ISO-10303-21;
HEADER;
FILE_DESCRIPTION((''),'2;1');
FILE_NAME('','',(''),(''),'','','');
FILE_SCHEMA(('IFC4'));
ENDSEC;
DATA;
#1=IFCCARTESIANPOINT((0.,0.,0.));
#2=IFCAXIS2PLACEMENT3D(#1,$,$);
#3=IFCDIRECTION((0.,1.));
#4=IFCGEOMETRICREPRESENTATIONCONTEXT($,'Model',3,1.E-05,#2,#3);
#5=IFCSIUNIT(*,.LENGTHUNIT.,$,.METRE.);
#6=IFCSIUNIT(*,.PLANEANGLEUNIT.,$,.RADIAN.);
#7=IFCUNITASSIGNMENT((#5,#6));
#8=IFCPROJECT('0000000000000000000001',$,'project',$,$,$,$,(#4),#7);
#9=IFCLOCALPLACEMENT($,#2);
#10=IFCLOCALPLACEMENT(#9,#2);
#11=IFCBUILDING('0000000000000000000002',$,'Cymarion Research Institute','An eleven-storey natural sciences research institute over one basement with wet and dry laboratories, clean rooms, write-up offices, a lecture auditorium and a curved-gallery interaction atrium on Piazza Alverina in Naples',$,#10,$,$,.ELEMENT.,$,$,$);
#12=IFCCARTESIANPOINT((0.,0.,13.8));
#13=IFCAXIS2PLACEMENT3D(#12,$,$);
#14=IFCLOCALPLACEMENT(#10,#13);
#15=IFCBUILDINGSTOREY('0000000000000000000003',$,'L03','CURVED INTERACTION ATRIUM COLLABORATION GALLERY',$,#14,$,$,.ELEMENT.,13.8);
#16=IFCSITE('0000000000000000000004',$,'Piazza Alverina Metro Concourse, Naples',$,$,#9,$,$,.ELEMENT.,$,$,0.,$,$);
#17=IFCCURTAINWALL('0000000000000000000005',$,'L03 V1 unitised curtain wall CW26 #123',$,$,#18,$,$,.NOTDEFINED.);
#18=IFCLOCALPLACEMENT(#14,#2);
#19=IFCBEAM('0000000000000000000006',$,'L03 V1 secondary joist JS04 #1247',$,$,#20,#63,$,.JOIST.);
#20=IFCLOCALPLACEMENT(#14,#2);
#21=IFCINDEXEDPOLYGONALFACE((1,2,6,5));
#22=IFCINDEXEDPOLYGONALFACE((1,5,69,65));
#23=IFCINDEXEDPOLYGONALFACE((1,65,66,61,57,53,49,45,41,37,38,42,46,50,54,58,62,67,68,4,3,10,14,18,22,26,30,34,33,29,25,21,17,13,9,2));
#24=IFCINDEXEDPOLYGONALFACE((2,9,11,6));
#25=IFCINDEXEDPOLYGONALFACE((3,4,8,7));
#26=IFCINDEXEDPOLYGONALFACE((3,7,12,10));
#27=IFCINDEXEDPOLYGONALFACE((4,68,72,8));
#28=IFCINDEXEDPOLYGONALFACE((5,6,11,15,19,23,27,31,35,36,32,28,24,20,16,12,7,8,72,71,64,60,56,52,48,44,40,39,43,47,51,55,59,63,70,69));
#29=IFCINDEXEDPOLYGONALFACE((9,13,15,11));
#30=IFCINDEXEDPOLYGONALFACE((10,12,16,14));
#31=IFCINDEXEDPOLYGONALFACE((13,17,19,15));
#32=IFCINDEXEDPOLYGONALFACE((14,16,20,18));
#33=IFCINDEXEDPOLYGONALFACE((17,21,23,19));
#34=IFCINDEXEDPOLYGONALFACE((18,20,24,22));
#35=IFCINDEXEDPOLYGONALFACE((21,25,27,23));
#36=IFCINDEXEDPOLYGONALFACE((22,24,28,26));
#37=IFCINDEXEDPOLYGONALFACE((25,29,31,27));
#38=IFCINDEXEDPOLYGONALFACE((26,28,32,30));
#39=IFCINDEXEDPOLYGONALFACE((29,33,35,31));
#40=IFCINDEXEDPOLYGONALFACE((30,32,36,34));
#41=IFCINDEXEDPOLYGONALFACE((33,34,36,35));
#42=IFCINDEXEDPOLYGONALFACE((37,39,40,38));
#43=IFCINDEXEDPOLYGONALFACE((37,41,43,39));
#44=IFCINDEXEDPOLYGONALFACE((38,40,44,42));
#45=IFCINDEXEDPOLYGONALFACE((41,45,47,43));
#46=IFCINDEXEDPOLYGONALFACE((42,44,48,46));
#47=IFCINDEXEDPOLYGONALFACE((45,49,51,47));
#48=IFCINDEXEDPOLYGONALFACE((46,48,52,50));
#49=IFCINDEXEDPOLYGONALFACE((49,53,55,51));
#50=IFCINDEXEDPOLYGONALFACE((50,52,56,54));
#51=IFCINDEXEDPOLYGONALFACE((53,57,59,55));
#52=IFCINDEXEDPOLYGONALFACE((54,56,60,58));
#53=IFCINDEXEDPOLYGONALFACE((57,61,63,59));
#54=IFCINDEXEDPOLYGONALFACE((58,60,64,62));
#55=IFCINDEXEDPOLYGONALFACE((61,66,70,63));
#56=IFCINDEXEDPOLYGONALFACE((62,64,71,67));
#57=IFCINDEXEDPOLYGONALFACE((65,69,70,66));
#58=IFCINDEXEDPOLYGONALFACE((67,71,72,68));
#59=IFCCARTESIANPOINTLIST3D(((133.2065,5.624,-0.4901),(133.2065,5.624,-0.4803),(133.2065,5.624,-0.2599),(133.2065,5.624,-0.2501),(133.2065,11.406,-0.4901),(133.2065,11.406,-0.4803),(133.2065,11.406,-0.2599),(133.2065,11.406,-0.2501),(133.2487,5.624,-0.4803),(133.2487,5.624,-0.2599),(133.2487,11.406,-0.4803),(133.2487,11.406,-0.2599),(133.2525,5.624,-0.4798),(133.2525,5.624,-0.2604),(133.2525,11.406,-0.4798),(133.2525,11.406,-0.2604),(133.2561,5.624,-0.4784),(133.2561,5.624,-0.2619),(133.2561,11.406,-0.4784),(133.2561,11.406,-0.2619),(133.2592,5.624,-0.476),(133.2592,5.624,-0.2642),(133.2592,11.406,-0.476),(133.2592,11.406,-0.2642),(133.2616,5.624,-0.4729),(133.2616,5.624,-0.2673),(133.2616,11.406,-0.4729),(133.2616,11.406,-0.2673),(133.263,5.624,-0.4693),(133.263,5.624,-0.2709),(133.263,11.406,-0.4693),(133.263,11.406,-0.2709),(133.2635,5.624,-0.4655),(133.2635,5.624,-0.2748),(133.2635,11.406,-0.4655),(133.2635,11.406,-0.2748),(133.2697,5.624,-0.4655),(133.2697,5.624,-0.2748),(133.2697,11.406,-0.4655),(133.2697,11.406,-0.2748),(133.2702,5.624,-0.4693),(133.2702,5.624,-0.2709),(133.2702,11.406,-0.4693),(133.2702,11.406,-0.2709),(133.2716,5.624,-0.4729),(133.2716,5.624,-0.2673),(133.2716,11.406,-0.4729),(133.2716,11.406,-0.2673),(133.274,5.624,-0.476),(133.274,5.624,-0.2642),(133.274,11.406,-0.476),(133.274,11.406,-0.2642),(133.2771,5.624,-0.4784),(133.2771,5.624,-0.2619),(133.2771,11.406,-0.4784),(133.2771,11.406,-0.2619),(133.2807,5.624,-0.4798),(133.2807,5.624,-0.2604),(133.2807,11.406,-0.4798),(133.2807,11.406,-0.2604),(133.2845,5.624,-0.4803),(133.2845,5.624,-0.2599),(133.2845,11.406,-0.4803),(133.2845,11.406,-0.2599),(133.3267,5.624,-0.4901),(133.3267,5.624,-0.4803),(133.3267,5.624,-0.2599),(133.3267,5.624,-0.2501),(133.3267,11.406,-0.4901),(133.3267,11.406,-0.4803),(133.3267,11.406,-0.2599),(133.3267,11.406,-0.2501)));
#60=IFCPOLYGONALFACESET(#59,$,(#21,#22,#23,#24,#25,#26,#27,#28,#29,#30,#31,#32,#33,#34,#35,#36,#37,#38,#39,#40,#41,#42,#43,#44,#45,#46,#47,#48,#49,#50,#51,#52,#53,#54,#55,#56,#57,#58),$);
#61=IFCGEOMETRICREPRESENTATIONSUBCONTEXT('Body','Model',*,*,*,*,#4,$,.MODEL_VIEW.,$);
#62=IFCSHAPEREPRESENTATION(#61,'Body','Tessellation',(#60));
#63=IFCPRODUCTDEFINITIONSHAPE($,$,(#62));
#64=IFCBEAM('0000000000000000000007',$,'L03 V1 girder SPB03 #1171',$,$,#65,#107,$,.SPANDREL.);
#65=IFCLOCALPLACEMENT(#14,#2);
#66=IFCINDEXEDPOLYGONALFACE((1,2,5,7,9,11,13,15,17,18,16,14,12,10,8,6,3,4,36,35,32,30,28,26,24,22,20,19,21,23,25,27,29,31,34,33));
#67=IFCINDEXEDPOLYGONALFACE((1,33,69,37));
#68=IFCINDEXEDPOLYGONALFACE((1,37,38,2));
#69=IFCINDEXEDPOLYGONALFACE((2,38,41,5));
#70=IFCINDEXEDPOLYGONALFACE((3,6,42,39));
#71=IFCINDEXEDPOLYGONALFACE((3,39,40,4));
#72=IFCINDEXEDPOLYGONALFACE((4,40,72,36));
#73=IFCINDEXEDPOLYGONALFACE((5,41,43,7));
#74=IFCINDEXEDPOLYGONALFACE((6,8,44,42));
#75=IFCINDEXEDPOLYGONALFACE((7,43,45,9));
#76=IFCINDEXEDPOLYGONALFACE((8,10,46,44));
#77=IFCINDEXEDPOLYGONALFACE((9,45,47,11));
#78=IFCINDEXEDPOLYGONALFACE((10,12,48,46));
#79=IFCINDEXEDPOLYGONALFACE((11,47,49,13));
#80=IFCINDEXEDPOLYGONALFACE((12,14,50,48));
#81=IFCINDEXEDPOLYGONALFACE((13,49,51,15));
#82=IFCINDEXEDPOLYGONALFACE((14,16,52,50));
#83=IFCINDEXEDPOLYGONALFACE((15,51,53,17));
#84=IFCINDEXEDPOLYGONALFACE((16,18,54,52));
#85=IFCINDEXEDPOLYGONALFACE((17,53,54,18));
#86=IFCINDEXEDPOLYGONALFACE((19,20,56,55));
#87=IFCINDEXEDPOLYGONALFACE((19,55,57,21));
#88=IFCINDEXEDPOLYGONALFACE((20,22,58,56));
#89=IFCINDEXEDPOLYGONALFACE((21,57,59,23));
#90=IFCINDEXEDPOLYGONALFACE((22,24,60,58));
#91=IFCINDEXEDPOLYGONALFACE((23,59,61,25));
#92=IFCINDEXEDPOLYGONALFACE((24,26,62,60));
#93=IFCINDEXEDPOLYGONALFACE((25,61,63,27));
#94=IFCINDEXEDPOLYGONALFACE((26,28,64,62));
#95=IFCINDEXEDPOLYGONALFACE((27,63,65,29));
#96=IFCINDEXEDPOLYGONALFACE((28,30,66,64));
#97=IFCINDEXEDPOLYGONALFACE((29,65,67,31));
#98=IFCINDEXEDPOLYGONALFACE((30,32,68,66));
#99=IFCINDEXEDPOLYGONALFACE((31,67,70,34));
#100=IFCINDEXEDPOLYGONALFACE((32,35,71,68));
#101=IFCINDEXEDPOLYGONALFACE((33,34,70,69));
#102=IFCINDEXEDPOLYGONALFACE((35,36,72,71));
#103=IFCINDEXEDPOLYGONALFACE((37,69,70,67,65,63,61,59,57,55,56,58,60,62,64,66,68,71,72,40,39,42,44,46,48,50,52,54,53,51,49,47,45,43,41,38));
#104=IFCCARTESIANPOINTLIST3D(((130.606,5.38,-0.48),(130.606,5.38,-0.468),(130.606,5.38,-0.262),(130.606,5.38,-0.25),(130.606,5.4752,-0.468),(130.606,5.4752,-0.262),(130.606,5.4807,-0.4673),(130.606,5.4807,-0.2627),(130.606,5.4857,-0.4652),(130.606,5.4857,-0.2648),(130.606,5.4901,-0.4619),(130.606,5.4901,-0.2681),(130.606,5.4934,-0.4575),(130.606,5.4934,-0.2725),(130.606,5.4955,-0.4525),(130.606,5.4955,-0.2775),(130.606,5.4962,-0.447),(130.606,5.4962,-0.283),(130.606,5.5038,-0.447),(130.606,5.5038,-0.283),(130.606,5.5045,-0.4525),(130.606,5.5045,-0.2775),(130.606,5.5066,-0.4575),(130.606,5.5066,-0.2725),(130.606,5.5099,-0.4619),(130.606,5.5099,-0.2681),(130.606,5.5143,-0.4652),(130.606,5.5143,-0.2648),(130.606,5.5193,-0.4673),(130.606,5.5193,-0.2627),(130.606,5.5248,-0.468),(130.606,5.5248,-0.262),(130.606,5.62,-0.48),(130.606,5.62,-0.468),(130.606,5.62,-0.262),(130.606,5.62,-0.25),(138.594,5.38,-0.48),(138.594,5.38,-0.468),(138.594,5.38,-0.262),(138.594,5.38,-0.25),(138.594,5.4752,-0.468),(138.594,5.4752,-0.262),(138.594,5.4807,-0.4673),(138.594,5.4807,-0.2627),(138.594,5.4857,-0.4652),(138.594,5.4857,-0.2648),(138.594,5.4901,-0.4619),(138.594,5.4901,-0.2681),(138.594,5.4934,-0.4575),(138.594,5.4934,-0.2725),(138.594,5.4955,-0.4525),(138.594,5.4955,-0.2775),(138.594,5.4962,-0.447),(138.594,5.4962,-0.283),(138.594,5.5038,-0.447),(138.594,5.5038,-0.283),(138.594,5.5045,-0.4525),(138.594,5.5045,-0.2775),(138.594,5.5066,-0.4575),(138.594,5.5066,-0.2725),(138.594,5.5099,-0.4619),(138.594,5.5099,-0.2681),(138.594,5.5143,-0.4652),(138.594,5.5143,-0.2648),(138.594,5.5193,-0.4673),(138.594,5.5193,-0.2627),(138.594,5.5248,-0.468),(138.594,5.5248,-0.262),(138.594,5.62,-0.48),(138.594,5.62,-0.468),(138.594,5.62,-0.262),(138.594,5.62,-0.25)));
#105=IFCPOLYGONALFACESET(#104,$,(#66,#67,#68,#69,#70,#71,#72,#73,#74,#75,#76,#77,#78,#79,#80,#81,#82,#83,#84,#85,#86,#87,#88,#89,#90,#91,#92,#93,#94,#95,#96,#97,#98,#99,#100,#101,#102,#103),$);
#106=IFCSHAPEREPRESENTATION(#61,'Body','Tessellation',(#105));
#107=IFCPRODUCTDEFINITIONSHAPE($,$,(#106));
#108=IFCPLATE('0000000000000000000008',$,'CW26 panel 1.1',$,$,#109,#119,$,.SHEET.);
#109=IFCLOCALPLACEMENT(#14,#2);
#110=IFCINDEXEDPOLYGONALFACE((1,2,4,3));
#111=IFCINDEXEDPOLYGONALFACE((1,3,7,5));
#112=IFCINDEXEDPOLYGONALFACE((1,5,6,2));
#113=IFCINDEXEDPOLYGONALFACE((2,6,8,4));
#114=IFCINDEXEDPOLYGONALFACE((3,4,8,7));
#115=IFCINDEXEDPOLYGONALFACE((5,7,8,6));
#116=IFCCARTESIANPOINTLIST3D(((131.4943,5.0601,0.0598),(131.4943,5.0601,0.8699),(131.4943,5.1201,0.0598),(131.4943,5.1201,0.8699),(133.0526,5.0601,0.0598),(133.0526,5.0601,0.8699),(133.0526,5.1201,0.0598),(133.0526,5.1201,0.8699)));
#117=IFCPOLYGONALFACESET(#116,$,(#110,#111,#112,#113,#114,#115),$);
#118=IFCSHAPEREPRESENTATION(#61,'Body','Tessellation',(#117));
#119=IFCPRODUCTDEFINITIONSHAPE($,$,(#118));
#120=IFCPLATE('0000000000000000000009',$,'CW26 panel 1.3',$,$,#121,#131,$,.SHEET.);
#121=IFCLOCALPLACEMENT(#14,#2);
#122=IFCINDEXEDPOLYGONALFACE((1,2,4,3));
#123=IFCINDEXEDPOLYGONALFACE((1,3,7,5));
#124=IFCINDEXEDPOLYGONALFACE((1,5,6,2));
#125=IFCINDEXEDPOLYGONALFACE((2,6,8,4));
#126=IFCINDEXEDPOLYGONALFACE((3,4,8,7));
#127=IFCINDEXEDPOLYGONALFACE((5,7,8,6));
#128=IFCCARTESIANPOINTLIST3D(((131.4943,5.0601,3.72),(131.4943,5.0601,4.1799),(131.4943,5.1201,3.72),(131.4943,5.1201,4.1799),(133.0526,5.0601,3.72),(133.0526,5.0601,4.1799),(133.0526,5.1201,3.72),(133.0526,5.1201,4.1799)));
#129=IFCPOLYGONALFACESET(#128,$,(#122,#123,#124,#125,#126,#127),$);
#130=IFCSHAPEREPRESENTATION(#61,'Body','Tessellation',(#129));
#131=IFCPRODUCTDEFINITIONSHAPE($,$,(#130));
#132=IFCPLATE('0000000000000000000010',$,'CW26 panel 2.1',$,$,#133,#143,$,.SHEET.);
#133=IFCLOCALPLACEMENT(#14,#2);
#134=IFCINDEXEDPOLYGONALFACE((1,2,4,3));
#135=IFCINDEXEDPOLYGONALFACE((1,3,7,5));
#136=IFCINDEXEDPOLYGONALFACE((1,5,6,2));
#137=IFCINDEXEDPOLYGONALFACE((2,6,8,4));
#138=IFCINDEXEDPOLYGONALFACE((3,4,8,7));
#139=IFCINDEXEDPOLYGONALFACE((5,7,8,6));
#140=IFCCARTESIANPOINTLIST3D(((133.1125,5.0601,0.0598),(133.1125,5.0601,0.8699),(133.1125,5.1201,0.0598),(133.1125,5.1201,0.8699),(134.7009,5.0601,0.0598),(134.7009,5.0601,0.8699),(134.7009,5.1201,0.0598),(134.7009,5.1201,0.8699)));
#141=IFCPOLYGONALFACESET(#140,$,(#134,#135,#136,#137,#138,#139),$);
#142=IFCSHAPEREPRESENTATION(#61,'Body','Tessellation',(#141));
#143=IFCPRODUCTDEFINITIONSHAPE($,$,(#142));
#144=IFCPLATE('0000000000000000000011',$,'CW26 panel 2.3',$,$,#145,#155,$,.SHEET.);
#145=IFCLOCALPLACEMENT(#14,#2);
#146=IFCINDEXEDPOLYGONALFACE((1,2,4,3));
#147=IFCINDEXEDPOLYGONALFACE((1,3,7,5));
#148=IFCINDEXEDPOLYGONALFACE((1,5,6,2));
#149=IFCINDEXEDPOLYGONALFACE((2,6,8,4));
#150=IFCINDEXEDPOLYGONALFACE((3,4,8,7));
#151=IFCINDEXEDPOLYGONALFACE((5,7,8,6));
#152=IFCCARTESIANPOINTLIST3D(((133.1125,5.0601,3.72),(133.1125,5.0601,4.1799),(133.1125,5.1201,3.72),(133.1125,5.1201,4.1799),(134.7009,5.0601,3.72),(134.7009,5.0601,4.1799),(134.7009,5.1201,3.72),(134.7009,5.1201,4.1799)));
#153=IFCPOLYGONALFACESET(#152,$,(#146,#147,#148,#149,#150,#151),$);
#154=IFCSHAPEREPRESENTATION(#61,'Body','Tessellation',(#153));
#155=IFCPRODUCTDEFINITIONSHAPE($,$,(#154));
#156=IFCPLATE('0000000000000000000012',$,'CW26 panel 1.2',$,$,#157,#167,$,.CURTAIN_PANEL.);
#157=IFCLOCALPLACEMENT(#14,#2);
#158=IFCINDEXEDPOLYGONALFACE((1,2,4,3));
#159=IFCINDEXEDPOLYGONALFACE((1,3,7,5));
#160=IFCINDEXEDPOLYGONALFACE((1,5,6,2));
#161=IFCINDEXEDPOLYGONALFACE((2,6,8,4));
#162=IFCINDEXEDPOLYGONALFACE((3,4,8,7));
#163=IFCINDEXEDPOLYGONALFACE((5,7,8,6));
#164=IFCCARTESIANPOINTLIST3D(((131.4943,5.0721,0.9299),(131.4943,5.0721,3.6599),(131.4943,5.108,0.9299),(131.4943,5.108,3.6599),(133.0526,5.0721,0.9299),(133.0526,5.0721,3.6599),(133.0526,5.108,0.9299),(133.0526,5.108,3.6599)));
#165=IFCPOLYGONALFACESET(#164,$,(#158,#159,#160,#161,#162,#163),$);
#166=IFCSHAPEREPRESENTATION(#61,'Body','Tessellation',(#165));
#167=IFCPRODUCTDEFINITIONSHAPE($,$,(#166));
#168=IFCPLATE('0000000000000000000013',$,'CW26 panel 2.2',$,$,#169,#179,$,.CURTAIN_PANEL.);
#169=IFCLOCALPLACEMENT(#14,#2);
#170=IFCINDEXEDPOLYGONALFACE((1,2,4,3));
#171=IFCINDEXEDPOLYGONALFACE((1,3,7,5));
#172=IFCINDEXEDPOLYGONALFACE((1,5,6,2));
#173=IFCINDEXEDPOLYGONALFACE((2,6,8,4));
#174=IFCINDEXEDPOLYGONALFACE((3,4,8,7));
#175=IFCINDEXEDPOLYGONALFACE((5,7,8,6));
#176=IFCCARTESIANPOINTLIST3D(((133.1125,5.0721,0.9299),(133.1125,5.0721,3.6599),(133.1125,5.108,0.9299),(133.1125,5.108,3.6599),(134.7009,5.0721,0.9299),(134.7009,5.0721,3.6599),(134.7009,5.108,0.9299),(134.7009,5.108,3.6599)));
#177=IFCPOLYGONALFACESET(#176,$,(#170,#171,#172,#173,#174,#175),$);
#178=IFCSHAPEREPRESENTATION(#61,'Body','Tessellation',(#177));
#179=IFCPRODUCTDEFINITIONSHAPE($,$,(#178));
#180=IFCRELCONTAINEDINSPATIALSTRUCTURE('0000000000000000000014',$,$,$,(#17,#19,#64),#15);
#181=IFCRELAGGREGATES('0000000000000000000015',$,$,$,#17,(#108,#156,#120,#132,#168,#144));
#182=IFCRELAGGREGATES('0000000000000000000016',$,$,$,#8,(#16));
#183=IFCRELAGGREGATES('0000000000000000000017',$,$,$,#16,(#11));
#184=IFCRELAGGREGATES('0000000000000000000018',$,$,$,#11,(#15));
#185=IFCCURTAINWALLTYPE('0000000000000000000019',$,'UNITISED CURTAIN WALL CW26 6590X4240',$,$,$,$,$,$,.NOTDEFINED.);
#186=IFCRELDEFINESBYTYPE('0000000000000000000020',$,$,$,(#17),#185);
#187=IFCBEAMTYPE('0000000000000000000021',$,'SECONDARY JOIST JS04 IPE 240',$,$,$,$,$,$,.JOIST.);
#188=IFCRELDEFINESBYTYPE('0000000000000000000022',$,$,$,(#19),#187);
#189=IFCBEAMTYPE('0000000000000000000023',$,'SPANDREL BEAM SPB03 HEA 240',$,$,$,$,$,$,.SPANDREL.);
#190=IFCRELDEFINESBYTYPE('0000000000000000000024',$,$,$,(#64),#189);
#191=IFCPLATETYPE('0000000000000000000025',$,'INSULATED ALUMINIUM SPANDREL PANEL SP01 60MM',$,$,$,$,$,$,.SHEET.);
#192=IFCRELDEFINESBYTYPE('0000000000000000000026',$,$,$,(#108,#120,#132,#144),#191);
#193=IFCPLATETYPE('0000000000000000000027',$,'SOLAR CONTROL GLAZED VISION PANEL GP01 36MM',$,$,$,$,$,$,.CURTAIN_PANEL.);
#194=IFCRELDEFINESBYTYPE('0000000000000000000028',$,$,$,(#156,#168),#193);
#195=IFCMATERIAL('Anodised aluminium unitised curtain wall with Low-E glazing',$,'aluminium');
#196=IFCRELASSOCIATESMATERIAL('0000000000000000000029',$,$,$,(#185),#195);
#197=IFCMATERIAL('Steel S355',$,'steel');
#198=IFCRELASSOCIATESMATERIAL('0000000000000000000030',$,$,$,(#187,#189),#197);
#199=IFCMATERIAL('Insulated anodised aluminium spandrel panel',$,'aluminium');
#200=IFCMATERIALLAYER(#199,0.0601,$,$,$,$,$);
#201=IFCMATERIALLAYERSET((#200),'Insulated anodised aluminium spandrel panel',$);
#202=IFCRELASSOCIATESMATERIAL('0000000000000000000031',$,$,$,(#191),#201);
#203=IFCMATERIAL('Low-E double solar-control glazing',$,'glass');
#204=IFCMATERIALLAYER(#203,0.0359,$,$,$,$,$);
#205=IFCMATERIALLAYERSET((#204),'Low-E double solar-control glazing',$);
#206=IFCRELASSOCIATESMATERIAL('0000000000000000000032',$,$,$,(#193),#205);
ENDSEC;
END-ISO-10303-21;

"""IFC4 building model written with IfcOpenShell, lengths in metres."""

from ifc_helpers import new_model, si_unit, direction, frame, origin, origin_2d, place, context, subcontext, project, spatial, rectangle, i_section, extrude, material, layer, layer_set, material_profile, profile_set, type_object, element, aggregate, save


model = new_model("IFC4")

# Units and contexts
model_context = context("Model", 3, precision=1e-05, world=origin(), true_north=direction((0.0, 1.0)))
body_context = subcontext(model_context, "Body", "Model", "MODEL_VIEW")
ifc_project = project(units=[si_unit("LENGTHUNIT", "METRE"), si_unit("PLANEANGLEUNIT", "RADIAN")], contexts=[model_context])

# Site, building, storey
site_placement = place(None, origin())
site = spatial("IfcSite", under=ifc_project, at=site_placement, Name="Piazza Alverina Metro Concourse, Naples", CompositionType="ELEMENT", RefElevation=0.0)
building_placement = place(site_placement, origin())
building = spatial("IfcBuilding", under=site, at=building_placement, Name="Cymarion Research Institute", Description="An eleven-storey natural sciences research institute over one basement with wet and dry laboratories, clean rooms, write-up offices, a lecture auditorium and a curved-gallery interaction atrium on Piazza Alverina in Naples", CompositionType="ELEMENT")
storey_placement = place(building_placement, frame((0.0, 0.0, 13.8)))
storey = spatial("IfcBuildingStorey", under=building, at=storey_placement, Name="L03", Description="CURVED INTERACTION ATRIUM COLLABORATION GALLERY", CompositionType="ELEMENT", Elevation=13.8)

# Shared definitions
ifc_material_1 = material(Name="Steel S355", Category="steel")

# Shared definitions
ifc_material_2 = material(Name="Anodised aluminium unitised curtain wall with Low-E glazing", Category="aluminium")
curtain_wall_type = type_object("IfcCurtainWallType", Name="UNITISED CURTAIN WALL CW26 6590X4240", PredefinedType="NOTDEFINED", material=ifc_material_2)

# Curtain wall
curtain_wall_1_placement = place(storey_placement, origin())
curtain_wall_1 = element("IfcCurtainWall", 1, at=curtain_wall_1_placement, inside=storey, type_object=curtain_wall_type, Name="L03 V1 unitised curtain wall CW26 #123", PredefinedType="NOTDEFINED")

# Beams
ifc_material_profile_1 = material_profile(ifc_material_1, i_section(OverallWidth=0.1201, OverallDepth=0.24, WebThickness=0.0061, FlangeThickness=0.0098, FilletRadius=0.0149, at=origin_2d()), Name="IPE 240")
ifc_profile_set_1 = profile_set([ifc_material_profile_1], Name="Steel S355")
beam_type_1 = type_object("IfcBeamType", Name="SECONDARY JOIST JS04 IPE 240", PredefinedType="JOIST", material=ifc_profile_set_1)
beam_1_placement = place(storey_placement, frame((133.2666, 5.624, -0.3701), z_axis=(0.0, 1.0, 0.0), x_axis=(-1.0, 0.0, 0.0)))
element("IfcBeam", 2, at=beam_1_placement, inside=storey, type_object=beam_type_1, Name="L03 V1 secondary joist JS04 #1247", PredefinedType="JOIST", context=body_context, shape_type="SweptSolid", body=[
    extrude(i_section(OverallWidth=0.1201, OverallDepth=0.24, WebThickness=0.0061, FlangeThickness=0.0098, FilletRadius=0.0149, at=origin_2d()), origin(), (0.0, 0.0, 1.0), 5.782),
])
ifc_material_profile_2 = material_profile(ifc_material_1, i_section(OverallWidth=0.24, OverallDepth=0.23, WebThickness=0.0076, FlangeThickness=0.012, FilletRadius=0.021, at=origin_2d()), Name="HEA 240")
ifc_profile_set_2 = profile_set([ifc_material_profile_2], Name="Steel S355")
beam_type_2 = type_object("IfcBeamType", Name="SPANDREL BEAM SPB03 HEA 240", PredefinedType="SPANDREL", material=ifc_profile_set_2)
beam_2_placement = place(storey_placement, frame((130.606, 5.5, -0.365), z_axis=(1.0, 0.0, 0.0), x_axis=(0.0, 1.0, 0.0)))
element("IfcBeam", 3, at=beam_2_placement, inside=storey, type_object=beam_type_2, Name="L03 V1 girder SPB03 #1171", PredefinedType="SPANDREL", context=body_context, shape_type="SweptSolid", body=[
    extrude(i_section(OverallWidth=0.24, OverallDepth=0.23, WebThickness=0.0076, FlangeThickness=0.012, FilletRadius=0.021, at=origin_2d()), origin(), (0.0, 0.0, 1.0), 7.988),
])

# Plates
ifc_material_3 = material(Name="Insulated anodised aluminium spandrel panel", Category="aluminium")
ifc_layer_1 = layer(ifc_material_3, 0.0601)
ifc_layer_set_1 = layer_set([ifc_layer_1], Name="Insulated anodised aluminium spandrel panel")
plate_type_1 = type_object("IfcPlateType", Name="INSULATED ALUMINIUM SPANDREL PANEL SP01 60MM", PredefinedType="SHEET", material=ifc_layer_set_1)
plate_1_placement = place(storey_placement, frame((132.2734, 5.0901, 0.0598), z_axis=(0.0, 0.0, 1.0), x_axis=(1.0, 0.0, 0.0)))
plate_1 = element("IfcPlate", 4, at=plate_1_placement, type_object=plate_type_1, Name="CW26 panel 1.1", PredefinedType="SHEET", context=body_context, shape_type="SweptSolid", body=[
    extrude(rectangle(XDim=1.5583, YDim=0.0601, at=origin_2d()), origin(), (0.0, 0.0, 1.0), 0.8101),
])
plate_2_placement = place(storey_placement, frame((132.2734, 5.0901, 3.72), z_axis=(0.0, 0.0, 1.0), x_axis=(1.0, 0.0, 0.0)))
plate_2 = element("IfcPlate", 5, at=plate_2_placement, type_object=plate_type_1, Name="CW26 panel 1.3", PredefinedType="SHEET", context=body_context, shape_type="SweptSolid", body=[
    extrude(rectangle(XDim=1.5583, YDim=0.0601, at=origin_2d()), origin(), (0.0, 0.0, 1.0), 0.46),
])
plate_3_placement = place(storey_placement, frame((133.9067, 5.0901, 0.0598), z_axis=(0.0, 0.0, 1.0), x_axis=(1.0, 0.0, 0.0)))
plate_3 = element("IfcPlate", 6, at=plate_3_placement, type_object=plate_type_1, Name="CW26 panel 2.1", PredefinedType="SHEET", context=body_context, shape_type="SweptSolid", body=[
    extrude(rectangle(XDim=1.5884, YDim=0.0601, at=origin_2d()), origin(), (0.0, 0.0, 1.0), 0.8101),
])
plate_4_placement = place(storey_placement, frame((133.9067, 5.0901, 3.72), z_axis=(0.0, 0.0, 1.0), x_axis=(1.0, 0.0, 0.0)))
plate_4 = element("IfcPlate", 7, at=plate_4_placement, type_object=plate_type_1, Name="CW26 panel 2.3", PredefinedType="SHEET", context=body_context, shape_type="SweptSolid", body=[
    extrude(rectangle(XDim=1.5884, YDim=0.0601, at=origin_2d()), origin(), (0.0, 0.0, 1.0), 0.46),
])
ifc_material_4 = material(Name="Low-E double solar-control glazing", Category="glass")
ifc_layer_2 = layer(ifc_material_4, 0.0359)
ifc_layer_set_2 = layer_set([ifc_layer_2], Name="Low-E double solar-control glazing")
plate_type_2 = type_object("IfcPlateType", Name="SOLAR CONTROL GLAZED VISION PANEL GP01 36MM", PredefinedType="CURTAIN_PANEL", material=ifc_layer_set_2)
plate_5_placement = place(storey_placement, frame((132.2734, 5.0901, 0.9299), z_axis=(0.0, 0.0, 1.0), x_axis=(1.0, 0.0, 0.0)))
plate_5 = element("IfcPlate", 8, at=plate_5_placement, type_object=plate_type_2, Name="CW26 panel 1.2", PredefinedType="CURTAIN_PANEL", context=body_context, shape_type="SweptSolid", body=[
    extrude(rectangle(XDim=1.5583, YDim=0.0359, at=origin_2d()), origin(), (0.0, 0.0, 1.0), 2.73),
])
plate_6_placement = place(storey_placement, frame((133.9067, 5.0901, 0.9299), z_axis=(0.0, 0.0, 1.0), x_axis=(1.0, 0.0, 0.0)))
plate_6 = element("IfcPlate", 9, at=plate_6_placement, type_object=plate_type_2, Name="CW26 panel 2.2", PredefinedType="CURTAIN_PANEL", context=body_context, shape_type="SweptSolid", body=[
    extrude(rectangle(XDim=1.5884, YDim=0.0359, at=origin_2d()), origin(), (0.0, 0.0, 1.0), 2.73),
])
aggregate(curtain_wall_1, [plate_1, plate_5, plate_2, plate_3, plate_6, plate_4])

save(model, "model.ifc")
